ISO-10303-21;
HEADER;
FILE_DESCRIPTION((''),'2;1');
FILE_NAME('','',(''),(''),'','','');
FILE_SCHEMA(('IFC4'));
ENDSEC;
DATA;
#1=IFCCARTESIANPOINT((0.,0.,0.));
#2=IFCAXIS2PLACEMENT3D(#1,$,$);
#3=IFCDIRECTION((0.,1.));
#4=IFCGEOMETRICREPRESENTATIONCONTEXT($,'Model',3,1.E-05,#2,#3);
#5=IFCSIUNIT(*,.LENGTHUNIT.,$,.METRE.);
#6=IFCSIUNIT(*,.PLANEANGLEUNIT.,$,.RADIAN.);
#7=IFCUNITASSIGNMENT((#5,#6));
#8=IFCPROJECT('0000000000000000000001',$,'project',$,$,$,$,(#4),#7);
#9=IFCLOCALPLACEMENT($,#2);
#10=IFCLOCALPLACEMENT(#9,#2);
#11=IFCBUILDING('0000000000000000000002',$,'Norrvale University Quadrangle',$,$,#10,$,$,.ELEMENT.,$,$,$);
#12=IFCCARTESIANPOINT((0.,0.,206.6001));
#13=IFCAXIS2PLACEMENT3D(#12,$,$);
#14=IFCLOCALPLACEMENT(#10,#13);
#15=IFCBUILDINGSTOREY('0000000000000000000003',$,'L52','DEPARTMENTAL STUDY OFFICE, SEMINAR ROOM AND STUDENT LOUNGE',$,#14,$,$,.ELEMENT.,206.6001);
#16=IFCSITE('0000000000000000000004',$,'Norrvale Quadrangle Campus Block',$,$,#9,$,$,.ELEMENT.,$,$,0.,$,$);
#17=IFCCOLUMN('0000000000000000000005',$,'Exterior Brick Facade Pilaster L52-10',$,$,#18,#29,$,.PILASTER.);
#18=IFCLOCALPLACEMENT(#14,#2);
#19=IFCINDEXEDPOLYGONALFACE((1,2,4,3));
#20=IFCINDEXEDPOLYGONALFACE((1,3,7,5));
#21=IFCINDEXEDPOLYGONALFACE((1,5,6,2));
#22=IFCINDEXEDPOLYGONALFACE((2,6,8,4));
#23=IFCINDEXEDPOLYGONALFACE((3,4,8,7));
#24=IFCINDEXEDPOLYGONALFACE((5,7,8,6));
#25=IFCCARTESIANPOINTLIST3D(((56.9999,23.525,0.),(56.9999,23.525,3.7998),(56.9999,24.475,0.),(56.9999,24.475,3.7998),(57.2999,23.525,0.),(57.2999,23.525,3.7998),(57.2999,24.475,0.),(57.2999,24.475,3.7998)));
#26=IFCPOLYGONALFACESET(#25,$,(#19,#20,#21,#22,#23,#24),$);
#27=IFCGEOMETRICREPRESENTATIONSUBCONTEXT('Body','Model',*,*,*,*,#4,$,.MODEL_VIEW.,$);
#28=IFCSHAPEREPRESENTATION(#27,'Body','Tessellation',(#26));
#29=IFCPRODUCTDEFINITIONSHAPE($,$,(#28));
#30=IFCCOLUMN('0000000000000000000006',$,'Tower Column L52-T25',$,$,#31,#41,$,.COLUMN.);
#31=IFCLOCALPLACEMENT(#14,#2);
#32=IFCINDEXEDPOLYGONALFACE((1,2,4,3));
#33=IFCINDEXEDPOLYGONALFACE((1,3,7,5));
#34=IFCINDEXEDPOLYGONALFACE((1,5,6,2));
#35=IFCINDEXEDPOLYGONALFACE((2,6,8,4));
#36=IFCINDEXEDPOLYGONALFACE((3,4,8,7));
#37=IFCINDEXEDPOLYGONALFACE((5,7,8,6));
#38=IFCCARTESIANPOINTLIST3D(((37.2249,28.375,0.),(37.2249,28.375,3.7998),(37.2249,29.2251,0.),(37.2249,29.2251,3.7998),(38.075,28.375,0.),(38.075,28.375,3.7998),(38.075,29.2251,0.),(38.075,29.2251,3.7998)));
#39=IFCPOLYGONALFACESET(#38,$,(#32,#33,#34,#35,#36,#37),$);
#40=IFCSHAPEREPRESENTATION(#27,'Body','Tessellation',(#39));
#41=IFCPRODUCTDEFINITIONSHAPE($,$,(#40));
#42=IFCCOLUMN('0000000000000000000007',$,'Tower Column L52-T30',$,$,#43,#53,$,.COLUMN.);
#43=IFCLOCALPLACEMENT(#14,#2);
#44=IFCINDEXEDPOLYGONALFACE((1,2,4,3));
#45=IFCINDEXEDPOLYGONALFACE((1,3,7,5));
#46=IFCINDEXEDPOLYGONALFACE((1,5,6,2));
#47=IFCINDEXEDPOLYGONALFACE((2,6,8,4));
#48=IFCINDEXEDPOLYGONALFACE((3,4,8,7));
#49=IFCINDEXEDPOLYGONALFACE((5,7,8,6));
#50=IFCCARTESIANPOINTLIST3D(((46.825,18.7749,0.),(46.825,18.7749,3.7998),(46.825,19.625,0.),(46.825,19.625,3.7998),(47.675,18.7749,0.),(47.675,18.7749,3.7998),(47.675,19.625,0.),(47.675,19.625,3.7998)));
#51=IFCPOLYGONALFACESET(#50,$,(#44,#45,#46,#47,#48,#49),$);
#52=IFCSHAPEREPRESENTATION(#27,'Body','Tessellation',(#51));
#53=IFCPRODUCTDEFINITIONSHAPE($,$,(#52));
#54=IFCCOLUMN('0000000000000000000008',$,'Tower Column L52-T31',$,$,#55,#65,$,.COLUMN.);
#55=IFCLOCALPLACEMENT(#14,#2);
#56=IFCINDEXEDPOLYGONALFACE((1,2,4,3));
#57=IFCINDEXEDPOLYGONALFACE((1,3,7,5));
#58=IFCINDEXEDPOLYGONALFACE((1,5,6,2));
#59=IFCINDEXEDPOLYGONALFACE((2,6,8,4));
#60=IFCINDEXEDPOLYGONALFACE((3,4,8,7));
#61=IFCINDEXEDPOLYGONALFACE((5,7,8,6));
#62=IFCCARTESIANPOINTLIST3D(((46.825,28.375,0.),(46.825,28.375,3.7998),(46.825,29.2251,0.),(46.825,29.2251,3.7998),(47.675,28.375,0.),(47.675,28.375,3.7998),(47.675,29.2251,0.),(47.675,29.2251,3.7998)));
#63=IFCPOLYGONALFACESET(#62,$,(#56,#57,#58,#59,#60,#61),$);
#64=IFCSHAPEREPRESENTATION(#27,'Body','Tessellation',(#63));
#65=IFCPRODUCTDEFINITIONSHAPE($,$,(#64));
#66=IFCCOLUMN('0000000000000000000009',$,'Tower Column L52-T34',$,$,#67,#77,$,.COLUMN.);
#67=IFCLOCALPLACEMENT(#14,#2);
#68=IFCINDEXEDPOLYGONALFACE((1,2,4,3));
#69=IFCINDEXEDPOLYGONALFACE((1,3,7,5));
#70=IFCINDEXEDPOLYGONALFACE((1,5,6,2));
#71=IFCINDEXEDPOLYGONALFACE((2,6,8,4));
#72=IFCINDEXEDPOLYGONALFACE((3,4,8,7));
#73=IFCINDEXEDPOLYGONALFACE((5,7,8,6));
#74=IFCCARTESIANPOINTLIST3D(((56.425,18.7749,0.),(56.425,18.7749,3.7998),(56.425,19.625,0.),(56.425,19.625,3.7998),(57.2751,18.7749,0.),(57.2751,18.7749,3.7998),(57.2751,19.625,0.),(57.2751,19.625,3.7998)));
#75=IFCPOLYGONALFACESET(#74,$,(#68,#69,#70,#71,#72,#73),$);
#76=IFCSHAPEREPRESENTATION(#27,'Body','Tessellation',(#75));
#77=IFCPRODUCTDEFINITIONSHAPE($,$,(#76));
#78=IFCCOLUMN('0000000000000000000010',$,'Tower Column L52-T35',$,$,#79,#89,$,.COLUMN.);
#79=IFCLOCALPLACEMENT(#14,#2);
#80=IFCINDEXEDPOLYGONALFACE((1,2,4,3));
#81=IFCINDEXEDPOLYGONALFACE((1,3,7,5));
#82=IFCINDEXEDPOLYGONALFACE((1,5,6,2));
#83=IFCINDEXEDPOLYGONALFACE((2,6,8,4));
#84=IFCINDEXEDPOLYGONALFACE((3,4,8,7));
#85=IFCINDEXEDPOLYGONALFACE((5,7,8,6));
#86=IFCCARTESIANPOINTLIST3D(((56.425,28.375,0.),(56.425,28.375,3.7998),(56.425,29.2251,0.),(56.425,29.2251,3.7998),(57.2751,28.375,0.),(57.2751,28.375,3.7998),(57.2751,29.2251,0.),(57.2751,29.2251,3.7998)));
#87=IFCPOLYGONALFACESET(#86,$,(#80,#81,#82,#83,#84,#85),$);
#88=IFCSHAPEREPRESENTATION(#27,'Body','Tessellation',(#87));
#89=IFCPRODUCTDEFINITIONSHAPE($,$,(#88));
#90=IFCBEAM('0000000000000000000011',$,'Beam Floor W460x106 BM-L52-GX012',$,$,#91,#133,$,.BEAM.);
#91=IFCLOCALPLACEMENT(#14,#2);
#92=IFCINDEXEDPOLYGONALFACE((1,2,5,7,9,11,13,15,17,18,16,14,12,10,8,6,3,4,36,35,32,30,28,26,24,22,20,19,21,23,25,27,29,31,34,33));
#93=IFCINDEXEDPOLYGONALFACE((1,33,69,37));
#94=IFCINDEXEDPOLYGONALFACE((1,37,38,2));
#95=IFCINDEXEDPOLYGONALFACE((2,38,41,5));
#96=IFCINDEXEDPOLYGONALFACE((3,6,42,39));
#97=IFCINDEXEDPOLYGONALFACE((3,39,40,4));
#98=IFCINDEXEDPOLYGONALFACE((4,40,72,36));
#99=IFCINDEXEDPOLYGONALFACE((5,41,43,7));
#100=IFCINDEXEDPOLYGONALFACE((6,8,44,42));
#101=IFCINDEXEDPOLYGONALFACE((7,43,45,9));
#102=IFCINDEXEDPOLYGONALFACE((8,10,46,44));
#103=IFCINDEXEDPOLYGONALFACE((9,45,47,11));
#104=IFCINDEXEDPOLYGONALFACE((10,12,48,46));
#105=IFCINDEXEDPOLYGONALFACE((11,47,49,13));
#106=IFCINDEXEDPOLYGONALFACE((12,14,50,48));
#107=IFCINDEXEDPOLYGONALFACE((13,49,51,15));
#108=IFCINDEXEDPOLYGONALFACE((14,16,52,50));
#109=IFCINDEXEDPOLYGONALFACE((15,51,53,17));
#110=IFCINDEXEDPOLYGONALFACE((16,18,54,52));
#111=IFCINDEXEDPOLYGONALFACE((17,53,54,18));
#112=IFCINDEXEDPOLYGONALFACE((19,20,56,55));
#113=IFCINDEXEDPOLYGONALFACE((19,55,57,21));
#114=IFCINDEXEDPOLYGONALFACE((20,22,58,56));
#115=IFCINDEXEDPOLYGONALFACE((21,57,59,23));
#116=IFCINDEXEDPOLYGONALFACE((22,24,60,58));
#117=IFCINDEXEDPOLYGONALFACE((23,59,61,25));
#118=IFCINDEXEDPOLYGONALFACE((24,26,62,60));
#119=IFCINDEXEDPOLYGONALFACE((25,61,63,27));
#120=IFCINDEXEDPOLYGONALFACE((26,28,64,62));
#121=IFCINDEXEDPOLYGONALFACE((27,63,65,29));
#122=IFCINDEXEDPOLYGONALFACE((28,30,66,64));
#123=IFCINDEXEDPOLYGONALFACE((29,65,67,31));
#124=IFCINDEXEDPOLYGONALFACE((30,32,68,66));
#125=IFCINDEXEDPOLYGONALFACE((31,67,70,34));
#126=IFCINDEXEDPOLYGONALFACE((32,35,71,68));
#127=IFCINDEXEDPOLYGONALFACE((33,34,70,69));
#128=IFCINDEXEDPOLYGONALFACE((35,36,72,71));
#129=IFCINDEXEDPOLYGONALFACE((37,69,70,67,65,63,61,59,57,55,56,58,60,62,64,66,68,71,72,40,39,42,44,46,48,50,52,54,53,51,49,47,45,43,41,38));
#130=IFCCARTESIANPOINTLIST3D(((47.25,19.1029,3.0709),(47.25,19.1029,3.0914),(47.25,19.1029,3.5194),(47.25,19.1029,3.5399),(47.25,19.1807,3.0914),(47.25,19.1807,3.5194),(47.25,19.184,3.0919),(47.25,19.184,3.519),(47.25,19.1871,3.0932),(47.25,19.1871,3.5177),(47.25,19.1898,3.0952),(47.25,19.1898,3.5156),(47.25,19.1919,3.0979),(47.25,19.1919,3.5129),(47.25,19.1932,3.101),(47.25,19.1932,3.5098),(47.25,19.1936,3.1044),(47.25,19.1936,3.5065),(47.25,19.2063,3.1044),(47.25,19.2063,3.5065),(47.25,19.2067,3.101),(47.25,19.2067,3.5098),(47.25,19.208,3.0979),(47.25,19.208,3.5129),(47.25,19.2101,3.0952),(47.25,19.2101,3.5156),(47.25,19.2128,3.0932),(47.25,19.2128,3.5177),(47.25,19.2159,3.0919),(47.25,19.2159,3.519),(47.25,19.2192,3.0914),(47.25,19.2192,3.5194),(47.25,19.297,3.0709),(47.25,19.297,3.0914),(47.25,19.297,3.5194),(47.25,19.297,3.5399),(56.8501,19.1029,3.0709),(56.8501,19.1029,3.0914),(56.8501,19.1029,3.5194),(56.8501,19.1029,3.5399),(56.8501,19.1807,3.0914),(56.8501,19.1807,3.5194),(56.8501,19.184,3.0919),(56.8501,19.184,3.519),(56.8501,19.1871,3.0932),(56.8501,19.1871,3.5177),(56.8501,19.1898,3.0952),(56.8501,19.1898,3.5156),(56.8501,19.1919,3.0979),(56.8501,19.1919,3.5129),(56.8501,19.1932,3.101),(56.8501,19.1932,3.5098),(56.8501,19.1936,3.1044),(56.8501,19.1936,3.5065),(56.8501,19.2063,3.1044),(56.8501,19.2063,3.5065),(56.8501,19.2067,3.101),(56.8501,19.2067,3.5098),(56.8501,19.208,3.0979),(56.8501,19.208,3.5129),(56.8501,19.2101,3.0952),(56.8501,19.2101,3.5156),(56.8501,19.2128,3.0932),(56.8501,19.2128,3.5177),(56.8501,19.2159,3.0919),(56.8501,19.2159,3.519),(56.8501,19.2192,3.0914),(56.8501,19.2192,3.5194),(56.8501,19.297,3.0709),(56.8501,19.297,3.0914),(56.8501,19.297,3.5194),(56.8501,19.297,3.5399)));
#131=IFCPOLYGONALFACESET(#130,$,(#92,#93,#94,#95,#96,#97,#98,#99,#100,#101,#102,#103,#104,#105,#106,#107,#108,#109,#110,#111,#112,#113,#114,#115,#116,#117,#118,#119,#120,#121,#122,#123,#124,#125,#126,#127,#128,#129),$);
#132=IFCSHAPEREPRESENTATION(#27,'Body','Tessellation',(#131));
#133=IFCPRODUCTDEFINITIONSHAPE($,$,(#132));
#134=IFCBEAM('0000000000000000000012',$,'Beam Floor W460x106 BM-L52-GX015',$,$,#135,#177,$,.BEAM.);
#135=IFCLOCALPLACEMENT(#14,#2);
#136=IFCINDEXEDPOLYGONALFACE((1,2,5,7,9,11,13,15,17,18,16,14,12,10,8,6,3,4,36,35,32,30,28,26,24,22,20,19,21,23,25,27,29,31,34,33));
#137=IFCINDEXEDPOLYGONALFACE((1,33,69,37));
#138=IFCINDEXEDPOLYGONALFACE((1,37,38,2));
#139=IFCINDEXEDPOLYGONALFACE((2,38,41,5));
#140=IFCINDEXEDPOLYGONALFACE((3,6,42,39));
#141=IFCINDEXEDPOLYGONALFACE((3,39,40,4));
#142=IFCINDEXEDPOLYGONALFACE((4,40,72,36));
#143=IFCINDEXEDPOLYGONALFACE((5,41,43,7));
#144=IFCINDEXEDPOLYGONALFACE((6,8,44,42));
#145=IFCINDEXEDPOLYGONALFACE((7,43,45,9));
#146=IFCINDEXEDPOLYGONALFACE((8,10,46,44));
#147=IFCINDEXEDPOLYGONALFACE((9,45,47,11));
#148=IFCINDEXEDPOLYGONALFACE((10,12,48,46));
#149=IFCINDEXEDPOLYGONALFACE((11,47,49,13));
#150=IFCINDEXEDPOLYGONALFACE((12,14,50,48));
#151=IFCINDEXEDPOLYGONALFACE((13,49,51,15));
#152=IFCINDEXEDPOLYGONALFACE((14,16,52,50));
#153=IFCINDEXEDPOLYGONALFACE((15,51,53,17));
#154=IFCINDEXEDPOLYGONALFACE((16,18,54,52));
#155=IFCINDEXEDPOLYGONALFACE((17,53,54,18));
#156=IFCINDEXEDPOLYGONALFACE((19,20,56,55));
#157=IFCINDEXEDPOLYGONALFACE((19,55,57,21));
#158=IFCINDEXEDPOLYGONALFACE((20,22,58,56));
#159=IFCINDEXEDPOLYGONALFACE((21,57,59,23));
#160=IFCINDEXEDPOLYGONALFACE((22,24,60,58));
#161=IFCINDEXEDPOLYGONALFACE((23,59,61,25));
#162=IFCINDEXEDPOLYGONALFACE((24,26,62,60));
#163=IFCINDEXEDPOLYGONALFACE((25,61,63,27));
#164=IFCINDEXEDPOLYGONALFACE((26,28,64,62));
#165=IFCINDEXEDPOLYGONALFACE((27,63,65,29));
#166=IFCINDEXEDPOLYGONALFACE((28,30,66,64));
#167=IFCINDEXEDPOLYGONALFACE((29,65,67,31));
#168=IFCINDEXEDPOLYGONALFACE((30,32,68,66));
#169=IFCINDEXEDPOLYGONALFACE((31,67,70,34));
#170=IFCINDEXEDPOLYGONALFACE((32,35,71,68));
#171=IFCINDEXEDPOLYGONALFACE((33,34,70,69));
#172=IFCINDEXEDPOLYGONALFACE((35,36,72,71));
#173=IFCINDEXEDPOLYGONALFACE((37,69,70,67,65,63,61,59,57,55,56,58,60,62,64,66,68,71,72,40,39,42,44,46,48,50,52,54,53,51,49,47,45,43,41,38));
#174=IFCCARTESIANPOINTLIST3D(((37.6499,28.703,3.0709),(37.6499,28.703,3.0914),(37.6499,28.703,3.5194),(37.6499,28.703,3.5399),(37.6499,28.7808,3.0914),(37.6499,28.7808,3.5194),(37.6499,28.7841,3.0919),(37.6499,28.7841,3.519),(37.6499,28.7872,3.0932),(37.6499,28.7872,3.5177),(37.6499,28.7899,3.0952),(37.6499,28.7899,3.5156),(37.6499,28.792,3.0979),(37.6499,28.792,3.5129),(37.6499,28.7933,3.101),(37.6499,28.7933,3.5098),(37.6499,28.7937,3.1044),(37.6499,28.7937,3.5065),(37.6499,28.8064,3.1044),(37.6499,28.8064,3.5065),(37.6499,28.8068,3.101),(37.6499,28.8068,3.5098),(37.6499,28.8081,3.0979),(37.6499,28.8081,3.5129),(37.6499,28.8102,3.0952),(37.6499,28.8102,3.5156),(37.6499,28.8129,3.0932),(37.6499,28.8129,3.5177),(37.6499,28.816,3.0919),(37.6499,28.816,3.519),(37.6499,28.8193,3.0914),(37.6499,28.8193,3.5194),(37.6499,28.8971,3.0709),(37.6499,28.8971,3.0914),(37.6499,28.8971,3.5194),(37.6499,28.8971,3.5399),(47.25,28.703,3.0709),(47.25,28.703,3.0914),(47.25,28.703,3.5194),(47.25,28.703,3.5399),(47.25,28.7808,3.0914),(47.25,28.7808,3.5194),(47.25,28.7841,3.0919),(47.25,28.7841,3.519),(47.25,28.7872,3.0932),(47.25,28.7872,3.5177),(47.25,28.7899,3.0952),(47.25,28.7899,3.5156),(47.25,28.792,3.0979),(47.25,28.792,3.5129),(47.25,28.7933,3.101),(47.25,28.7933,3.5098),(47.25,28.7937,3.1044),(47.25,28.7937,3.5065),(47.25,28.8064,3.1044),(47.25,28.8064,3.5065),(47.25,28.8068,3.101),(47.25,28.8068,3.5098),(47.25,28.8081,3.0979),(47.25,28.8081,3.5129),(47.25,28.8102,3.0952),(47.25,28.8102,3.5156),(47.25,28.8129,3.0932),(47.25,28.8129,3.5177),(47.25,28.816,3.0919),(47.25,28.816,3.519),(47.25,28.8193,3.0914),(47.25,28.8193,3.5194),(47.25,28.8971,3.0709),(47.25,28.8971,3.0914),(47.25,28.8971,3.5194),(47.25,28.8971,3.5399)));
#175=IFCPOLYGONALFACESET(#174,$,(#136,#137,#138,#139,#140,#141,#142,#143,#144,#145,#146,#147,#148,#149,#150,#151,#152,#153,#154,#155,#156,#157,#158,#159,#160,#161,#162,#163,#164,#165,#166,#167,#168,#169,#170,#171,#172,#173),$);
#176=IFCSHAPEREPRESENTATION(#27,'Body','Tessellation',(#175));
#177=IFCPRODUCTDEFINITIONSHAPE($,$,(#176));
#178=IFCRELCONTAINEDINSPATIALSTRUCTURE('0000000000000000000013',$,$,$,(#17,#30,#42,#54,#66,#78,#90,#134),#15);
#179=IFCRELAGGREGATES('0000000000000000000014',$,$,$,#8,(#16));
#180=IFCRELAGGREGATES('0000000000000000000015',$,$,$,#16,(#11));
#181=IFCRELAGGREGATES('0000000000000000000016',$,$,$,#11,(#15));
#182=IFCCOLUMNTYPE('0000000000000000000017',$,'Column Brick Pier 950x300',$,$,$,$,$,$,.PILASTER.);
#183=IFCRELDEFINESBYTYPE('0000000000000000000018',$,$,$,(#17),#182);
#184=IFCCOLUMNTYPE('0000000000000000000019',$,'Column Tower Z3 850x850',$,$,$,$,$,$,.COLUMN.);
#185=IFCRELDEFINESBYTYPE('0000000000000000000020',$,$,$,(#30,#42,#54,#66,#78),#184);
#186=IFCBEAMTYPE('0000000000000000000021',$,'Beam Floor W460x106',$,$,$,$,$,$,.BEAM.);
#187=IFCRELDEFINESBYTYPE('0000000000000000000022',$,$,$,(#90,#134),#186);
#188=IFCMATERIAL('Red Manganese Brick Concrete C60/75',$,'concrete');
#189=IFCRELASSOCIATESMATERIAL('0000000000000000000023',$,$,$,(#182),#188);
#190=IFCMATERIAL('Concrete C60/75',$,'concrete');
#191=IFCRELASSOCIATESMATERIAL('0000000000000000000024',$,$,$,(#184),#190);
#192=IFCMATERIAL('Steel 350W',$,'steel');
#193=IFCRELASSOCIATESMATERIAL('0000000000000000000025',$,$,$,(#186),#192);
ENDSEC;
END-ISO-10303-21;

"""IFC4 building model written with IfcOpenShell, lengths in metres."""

from ifc_helpers import new_model, si_unit, direction, frame, origin, origin_2d, place, context, subcontext, project, spatial, rectangle, i_section, extrude, material, material_profile, profile_set, type_object, element, save


model = new_model("IFC4")

# Units and contexts
model_context = context("Model", 3, precision=1e-05, world=origin(), true_north=direction((0.0, 1.0)))
body_context = subcontext(model_context, "Body", "Model", "MODEL_VIEW")
ifc_project = project(units=[si_unit("LENGTHUNIT", "METRE"), si_unit("PLANEANGLEUNIT", "RADIAN")], contexts=[model_context])

# Site, building, storey
site_placement = place(None, origin())
site = spatial("IfcSite", under=ifc_project, at=site_placement, Name="Norrvale Quadrangle Campus Block", CompositionType="ELEMENT", RefElevation=0.0)
building_placement = place(site_placement, origin())
building = spatial("IfcBuilding", under=site, at=building_placement, Name="Norrvale University Quadrangle", CompositionType="ELEMENT")
storey_placement = place(building_placement, frame((0.0, 0.0, 206.6001)))
storey = spatial("IfcBuildingStorey", under=building, at=storey_placement, Name="L52", Description="DEPARTMENTAL STUDY OFFICE, SEMINAR ROOM AND STUDENT LOUNGE", CompositionType="ELEMENT", Elevation=206.6001)

# Columns
ifc_material_1 = material(Name="Red Manganese Brick Concrete C60/75", Category="concrete")
ifc_material_profile_1 = material_profile(ifc_material_1, rectangle(XDim=0.95, YDim=0.3, at=origin_2d()), Name="Red Manganese Brick Concrete C60/75")
ifc_profile_set_1 = profile_set([ifc_material_profile_1], Name="Red Manganese Brick Concrete C60/75")
column_type_1 = type_object("IfcColumnType", Name="Column Brick Pier 950x300", PredefinedType="PILASTER", material=ifc_profile_set_1)
column_placement = place(storey_placement, frame((57.1499, 24.0, 0.0), z_axis=(0.0, 0.0, 1.0), x_axis=(0.0, 1.0, 0.0)))
element("IfcColumn", 1, at=column_placement, inside=storey, type_object=column_type_1, Name="Exterior Brick Facade Pilaster L52-10", PredefinedType="PILASTER", context=body_context, shape_type="SweptSolid", body=[
    extrude(rectangle(XDim=0.95, YDim=0.3, at=origin_2d()), origin(), (0.0, 0.0, 1.0), 3.7998),
])
ifc_material_2 = material(Name="Concrete C60/75", Category="concrete")
ifc_material_profile_2 = material_profile(ifc_material_2, rectangle(XDim=0.8501, YDim=0.8501, at=origin_2d()), Name="Concrete C60/75")
ifc_profile_set_2 = profile_set([ifc_material_profile_2], Name="Concrete C60/75")
column_type_2 = type_object("IfcColumnType", Name="Column Tower Z3 850x850", PredefinedType="COLUMN", material=ifc_profile_set_2)
for number, where, z_axis, x_axis, name in (
    (2, (37.6499, 28.8, 0.0), (0.0, 0.0, 1.0), (1.0, 0.0, 0.0), "Tower Column L52-T25"),
    (3, (47.25, 19.2, 0.0), (0.0, 0.0, 1.0), (1.0, 0.0, 0.0), "Tower Column L52-T30"),
    (4, (47.25, 28.8, 0.0), (0.0, 0.0, 1.0), (1.0, 0.0, 0.0), "Tower Column L52-T31"),
    (5, (56.8501, 19.2, 0.0), (0.0, 0.0, 1.0), (1.0, 0.0, 0.0), "Tower Column L52-T34"),
    (6, (56.8501, 28.8, 0.0), (0.0, 0.0, 1.0), (1.0, 0.0, 0.0), "Tower Column L52-T35"),
):
    element("IfcColumn", number, at=place(storey_placement, frame(where, z_axis=z_axis, x_axis=x_axis)), inside=storey, type_object=column_type_2, Name=name, PredefinedType="COLUMN", context=body_context, shape_type="SweptSolid", body=[
        extrude(rectangle(XDim=0.8501, YDim=0.8501, at=origin_2d()), origin(), (0.0, 0.0, 1.0), 3.7998),
    ])

# Beams
ifc_material_3 = material(Name="Steel 350W", Category="steel")
ifc_material_profile_3 = material_profile(ifc_material_3, i_section(OverallWidth=0.1941, OverallDepth=0.469, WebThickness=0.0127, FlangeThickness=0.0205, FilletRadius=0.0129, at=origin_2d()), Name="Steel 350W")
ifc_profile_set_3 = profile_set([ifc_material_profile_3], Name="Steel 350W")
beam_type_1 = type_object("IfcBeamType", Name="Beam Floor W460x106", PredefinedType="BEAM", material=ifc_profile_set_3)
for number, where, z_axis, x_axis, name in (
    (7, (47.25, 19.2, 3.3054), (1.0, 0.0, 0.0), (0.0, 1.0, 0.0), "Beam Floor W460x106 BM-L52-GX012"),
    (8, (37.6499, 28.8, 3.3054), (1.0, 0.0, 0.0), (0.0, 1.0, 0.0), "Beam Floor W460x106 BM-L52-GX015"),
):
    element("IfcBeam", number, at=place(storey_placement, frame(where, z_axis=z_axis, x_axis=x_axis)), inside=storey, type_object=beam_type_1, Name=name, PredefinedType="BEAM", context=body_context, shape_type="SweptSolid", body=[
        extrude(i_section(OverallWidth=0.1941, OverallDepth=0.469, WebThickness=0.0127, FlangeThickness=0.0205, FilletRadius=0.0129, at=origin_2d()), origin(), (0.0, 0.0, 1.0), 9.6001),
    ])

save(model, "model.ifc")
